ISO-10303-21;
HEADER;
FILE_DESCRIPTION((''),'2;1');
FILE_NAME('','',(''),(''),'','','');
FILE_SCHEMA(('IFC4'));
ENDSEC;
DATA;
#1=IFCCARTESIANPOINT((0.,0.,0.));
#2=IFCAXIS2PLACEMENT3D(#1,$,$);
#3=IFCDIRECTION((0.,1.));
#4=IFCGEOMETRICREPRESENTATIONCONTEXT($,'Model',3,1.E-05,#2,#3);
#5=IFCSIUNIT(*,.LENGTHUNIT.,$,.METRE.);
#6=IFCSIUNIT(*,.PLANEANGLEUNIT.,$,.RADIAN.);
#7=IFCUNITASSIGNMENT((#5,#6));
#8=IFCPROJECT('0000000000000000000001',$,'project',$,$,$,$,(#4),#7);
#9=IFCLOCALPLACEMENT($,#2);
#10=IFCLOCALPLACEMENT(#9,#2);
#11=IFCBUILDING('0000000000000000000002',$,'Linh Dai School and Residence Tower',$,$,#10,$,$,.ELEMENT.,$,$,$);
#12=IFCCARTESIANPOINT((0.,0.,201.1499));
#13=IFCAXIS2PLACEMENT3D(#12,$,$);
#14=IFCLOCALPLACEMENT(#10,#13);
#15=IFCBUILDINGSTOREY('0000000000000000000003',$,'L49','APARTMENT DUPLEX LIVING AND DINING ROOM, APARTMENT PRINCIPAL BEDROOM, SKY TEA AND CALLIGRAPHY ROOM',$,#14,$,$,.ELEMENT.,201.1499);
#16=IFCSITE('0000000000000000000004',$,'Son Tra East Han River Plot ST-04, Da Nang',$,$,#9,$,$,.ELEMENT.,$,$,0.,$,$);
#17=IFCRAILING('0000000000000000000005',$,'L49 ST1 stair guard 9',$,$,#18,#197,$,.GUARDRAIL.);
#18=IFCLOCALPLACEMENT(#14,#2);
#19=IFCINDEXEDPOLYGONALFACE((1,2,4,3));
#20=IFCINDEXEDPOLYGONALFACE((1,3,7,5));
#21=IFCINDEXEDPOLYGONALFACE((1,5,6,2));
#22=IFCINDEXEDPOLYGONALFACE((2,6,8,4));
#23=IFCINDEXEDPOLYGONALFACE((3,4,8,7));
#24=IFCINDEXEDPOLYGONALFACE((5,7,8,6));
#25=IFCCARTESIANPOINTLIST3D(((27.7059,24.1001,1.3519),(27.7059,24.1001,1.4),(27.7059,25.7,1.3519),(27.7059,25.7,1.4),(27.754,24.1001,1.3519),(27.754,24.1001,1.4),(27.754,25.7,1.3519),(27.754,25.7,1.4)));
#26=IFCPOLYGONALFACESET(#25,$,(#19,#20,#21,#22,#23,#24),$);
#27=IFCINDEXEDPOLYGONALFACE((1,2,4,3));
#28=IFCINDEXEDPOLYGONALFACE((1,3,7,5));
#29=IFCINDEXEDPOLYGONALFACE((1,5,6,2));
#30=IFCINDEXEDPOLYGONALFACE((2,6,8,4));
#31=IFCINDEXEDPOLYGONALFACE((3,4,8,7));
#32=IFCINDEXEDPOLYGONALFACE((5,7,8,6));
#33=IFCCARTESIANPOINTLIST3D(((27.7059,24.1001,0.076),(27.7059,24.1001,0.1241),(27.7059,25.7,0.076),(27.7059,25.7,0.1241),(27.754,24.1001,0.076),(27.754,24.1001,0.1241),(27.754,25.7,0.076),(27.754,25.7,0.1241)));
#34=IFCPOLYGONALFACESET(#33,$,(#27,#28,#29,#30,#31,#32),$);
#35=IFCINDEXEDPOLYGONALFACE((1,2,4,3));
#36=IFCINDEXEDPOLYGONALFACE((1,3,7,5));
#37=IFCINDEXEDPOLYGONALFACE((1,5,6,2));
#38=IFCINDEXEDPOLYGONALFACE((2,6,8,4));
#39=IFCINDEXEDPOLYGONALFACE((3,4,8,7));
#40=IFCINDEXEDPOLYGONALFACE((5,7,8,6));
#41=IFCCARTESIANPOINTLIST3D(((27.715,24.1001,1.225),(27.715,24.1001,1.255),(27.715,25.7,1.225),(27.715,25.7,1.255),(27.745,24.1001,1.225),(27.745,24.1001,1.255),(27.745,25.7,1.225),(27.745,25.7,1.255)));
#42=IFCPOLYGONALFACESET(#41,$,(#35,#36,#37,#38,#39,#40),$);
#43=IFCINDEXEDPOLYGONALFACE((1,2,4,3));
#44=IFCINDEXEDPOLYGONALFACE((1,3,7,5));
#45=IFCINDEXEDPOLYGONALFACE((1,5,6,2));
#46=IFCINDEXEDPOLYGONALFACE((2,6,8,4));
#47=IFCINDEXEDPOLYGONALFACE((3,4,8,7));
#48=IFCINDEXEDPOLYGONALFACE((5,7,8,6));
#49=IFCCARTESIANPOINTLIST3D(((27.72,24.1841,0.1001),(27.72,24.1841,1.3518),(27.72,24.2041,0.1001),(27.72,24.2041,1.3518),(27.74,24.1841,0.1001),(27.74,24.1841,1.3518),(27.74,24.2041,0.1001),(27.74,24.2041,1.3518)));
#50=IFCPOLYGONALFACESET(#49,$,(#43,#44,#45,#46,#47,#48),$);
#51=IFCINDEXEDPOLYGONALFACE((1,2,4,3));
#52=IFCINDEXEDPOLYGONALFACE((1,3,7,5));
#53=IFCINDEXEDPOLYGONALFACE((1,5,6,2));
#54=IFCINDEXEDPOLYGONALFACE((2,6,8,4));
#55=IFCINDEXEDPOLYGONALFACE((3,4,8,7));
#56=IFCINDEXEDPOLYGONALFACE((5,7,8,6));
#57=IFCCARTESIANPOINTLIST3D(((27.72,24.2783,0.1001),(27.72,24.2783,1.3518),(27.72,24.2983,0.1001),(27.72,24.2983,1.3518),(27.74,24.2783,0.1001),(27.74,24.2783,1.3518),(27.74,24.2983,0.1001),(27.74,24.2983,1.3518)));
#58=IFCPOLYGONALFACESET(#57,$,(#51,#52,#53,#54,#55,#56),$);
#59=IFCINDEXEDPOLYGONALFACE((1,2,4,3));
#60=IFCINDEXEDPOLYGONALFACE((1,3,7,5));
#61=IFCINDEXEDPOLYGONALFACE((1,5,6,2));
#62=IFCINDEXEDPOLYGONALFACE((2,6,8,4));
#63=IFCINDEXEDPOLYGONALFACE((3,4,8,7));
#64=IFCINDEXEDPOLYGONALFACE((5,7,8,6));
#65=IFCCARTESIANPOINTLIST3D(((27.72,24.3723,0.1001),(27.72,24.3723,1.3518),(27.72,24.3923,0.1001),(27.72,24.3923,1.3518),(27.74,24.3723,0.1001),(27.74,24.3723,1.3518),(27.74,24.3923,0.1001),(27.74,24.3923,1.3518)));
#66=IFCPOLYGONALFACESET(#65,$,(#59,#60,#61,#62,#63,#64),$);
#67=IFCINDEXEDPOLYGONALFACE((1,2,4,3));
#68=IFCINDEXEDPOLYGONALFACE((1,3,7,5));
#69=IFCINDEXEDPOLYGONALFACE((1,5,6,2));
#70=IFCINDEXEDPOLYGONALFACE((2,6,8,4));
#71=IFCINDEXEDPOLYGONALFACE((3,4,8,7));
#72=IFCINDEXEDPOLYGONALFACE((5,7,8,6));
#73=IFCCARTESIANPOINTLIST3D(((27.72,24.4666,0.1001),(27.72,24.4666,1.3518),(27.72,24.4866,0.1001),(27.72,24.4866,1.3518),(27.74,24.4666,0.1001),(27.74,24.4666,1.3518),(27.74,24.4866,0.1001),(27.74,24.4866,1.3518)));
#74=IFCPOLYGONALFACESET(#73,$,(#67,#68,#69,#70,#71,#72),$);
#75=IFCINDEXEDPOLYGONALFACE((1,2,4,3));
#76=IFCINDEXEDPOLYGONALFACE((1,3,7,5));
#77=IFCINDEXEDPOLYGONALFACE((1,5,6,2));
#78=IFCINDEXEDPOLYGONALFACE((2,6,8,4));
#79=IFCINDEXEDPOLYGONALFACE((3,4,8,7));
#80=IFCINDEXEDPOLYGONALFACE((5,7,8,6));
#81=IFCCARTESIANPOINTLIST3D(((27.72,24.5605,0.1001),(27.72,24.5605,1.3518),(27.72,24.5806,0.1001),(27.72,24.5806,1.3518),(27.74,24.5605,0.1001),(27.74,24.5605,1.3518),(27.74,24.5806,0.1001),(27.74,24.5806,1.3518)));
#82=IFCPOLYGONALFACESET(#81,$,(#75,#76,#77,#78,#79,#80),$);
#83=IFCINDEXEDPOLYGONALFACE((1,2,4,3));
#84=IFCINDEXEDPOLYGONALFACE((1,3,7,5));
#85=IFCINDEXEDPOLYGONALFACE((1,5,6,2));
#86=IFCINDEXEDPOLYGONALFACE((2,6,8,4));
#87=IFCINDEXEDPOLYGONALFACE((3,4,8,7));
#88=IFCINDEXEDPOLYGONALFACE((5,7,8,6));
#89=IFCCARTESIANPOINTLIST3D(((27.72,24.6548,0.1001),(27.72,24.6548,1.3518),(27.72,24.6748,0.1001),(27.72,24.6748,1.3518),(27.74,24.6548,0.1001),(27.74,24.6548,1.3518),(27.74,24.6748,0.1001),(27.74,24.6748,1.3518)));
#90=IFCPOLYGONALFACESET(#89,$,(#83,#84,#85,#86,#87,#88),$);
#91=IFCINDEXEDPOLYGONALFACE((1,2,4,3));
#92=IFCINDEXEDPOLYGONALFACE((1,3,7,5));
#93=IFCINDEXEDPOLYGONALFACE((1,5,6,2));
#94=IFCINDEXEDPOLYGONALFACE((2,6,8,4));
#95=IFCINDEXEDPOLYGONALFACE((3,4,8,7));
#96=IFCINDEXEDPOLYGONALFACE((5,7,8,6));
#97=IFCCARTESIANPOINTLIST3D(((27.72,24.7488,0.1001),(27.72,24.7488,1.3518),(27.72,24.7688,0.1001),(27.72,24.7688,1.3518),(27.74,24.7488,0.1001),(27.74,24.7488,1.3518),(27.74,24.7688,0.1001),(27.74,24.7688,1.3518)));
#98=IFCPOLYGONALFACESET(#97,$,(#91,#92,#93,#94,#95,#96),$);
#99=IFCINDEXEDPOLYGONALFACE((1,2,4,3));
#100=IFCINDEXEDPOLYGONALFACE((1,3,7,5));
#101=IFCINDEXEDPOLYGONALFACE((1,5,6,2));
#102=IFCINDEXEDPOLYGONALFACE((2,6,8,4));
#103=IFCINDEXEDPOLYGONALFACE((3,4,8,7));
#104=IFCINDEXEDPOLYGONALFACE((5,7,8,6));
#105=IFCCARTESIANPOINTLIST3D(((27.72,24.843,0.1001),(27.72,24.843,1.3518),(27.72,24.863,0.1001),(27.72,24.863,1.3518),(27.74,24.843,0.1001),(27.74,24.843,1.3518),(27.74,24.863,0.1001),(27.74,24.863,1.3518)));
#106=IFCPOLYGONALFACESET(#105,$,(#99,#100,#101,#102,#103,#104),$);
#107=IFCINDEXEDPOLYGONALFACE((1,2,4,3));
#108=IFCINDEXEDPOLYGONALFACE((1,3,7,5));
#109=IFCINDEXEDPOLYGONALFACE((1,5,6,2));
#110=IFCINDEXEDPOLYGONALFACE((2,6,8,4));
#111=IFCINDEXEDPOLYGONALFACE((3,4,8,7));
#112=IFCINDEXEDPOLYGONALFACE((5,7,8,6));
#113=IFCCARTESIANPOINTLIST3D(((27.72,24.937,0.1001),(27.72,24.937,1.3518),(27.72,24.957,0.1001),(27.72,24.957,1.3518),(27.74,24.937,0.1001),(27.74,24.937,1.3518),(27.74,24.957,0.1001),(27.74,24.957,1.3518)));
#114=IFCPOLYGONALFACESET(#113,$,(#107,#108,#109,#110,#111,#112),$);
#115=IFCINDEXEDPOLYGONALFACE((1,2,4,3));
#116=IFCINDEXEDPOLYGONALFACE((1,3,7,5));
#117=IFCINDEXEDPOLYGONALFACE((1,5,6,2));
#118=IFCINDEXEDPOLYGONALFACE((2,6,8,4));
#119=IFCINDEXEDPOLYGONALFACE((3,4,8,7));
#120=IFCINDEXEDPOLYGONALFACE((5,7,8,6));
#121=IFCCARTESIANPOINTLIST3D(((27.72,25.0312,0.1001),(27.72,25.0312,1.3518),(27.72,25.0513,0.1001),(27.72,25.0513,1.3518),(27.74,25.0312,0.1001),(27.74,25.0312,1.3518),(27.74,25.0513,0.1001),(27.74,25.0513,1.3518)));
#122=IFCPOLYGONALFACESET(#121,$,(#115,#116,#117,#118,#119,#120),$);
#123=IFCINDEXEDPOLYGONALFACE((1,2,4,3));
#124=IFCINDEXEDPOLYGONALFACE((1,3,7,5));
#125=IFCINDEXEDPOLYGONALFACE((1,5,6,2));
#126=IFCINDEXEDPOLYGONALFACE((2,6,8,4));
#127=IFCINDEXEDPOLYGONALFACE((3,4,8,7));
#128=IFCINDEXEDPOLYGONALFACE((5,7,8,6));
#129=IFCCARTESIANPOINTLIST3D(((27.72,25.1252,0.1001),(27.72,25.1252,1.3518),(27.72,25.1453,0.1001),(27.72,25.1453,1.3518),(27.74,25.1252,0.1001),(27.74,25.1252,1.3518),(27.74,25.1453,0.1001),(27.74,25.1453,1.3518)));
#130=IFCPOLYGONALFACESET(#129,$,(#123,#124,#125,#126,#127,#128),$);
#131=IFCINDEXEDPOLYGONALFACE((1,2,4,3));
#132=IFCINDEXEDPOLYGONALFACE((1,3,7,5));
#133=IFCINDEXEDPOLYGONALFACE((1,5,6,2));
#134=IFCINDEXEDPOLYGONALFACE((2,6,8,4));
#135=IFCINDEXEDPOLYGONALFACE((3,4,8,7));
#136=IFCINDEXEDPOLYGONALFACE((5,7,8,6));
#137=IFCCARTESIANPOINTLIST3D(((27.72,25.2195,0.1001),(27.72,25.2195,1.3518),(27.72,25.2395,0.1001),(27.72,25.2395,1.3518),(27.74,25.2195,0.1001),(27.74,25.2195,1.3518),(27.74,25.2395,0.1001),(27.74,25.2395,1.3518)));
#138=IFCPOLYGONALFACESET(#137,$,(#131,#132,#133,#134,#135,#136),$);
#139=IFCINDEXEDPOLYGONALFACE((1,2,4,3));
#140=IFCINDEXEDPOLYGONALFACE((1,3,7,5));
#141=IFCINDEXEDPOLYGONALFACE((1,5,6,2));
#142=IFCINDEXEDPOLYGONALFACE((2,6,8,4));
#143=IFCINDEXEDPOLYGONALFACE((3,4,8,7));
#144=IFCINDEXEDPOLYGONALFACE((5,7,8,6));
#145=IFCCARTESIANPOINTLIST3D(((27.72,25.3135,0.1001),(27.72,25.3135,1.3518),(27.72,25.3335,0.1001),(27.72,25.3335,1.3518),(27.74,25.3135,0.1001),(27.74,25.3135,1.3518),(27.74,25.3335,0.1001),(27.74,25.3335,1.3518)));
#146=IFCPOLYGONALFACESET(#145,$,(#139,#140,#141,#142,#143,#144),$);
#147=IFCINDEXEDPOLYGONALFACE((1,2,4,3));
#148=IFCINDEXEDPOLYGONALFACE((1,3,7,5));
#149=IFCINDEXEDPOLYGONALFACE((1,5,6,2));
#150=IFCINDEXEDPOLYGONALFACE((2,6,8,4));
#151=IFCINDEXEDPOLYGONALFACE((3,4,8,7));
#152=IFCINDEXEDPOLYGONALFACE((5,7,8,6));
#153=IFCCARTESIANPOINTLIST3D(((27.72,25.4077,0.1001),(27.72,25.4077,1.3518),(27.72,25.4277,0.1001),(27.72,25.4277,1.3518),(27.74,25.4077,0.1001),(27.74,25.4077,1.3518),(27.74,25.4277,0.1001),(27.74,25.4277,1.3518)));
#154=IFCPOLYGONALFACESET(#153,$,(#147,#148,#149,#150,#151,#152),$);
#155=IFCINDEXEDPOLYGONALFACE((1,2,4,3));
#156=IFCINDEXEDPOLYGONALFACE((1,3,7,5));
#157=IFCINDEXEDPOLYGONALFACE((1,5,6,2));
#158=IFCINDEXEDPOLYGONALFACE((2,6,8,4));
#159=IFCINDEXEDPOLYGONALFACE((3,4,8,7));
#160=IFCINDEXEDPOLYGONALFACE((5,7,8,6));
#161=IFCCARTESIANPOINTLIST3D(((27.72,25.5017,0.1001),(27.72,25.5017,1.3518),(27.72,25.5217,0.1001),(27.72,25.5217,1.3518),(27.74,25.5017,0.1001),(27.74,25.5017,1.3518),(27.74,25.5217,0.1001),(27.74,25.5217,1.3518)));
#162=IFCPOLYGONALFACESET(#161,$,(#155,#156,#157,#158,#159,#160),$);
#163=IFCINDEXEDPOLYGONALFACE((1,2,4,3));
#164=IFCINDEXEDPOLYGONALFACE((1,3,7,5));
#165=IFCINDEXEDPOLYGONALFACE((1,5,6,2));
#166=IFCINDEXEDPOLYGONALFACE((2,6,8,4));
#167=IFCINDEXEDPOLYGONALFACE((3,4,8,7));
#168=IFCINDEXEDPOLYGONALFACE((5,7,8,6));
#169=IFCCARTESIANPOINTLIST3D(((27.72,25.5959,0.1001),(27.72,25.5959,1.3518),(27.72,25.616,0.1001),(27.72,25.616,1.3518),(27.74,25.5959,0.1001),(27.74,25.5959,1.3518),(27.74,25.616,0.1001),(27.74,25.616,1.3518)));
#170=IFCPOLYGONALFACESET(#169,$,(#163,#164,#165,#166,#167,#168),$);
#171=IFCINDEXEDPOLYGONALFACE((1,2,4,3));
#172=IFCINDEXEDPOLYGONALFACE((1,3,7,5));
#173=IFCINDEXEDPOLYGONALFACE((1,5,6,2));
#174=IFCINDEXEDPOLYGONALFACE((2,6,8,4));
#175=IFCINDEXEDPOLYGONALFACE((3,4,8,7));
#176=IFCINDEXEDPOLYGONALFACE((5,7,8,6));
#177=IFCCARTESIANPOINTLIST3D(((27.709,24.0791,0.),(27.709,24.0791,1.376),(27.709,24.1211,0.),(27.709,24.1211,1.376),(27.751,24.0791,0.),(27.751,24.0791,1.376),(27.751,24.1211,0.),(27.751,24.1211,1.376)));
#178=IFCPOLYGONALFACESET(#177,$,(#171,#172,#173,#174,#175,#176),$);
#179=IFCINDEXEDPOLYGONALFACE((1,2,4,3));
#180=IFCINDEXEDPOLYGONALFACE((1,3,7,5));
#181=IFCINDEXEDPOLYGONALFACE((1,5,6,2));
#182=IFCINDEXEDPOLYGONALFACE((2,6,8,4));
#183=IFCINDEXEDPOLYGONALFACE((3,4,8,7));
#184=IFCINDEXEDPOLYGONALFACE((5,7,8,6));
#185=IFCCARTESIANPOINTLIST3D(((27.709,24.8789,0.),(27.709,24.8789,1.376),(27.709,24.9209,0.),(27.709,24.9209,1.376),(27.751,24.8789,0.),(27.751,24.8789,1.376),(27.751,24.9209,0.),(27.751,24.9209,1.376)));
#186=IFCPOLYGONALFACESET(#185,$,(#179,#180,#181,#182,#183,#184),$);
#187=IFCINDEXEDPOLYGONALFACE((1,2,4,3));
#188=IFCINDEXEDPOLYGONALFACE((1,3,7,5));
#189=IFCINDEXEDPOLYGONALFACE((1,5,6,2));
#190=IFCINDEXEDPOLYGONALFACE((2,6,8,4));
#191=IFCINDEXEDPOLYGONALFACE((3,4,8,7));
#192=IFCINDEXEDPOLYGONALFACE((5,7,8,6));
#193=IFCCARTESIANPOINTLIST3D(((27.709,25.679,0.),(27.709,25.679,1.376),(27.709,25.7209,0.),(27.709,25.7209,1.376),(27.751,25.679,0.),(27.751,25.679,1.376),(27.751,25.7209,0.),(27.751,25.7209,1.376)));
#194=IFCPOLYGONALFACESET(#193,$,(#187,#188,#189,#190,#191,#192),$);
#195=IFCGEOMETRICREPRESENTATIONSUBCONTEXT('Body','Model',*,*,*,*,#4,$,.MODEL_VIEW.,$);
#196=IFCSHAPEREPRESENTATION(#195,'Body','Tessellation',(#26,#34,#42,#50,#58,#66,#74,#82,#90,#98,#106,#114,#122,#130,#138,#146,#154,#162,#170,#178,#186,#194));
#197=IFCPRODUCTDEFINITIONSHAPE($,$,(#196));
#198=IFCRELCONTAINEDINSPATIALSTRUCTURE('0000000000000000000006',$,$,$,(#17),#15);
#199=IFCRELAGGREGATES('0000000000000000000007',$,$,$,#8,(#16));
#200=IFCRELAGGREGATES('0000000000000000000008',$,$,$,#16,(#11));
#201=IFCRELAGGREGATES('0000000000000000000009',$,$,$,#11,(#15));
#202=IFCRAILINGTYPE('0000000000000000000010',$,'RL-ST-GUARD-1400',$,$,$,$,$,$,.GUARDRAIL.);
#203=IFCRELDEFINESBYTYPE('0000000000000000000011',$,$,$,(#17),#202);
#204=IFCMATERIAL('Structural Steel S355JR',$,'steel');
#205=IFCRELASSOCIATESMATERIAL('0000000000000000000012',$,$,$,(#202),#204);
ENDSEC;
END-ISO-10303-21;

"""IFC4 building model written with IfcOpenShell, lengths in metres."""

from ifc_helpers import new_model, si_unit, direction, frame, origin, origin_2d, place, context, subcontext, project, spatial, rectangle, extrude, source, transform, mapped, material, type_object, element, save


model = new_model("IFC4")

# Units and contexts
model_context = context("Model", 3, precision=1e-05, world=origin(), true_north=direction((0.0, 1.0)))
body_context = subcontext(model_context, "Body", "Model", "MODEL_VIEW")
ifc_project = project(units=[si_unit("LENGTHUNIT", "METRE"), si_unit("PLANEANGLEUNIT", "RADIAN")], contexts=[model_context])

# Site, building, storey
site_placement = place(None, origin())
site = spatial("IfcSite", under=ifc_project, at=site_placement, Name="Son Tra East Han River Plot ST-04, Da Nang", CompositionType="ELEMENT", RefElevation=0.0)
building_placement = place(site_placement, origin())
building = spatial("IfcBuilding", under=site, at=building_placement, Name="Linh Dai School and Residence Tower", CompositionType="ELEMENT")
storey_placement = place(building_placement, frame((0.0, 0.0, 201.1499)))
storey = spatial("IfcBuildingStorey", under=building, at=storey_placement, Name="L49", Description="APARTMENT DUPLEX LIVING AND DINING ROOM, APARTMENT PRINCIPAL BEDROOM, SKY TEA AND CALLIGRAPHY ROOM", CompositionType="ELEMENT", Elevation=201.1499)

# Shared definitions
ifc_material_1 = material(Name="Structural Steel S355JR", Category="steel")

# Railing
railing_type = type_object("IfcRailingType", Name="RL-ST-GUARD-1400", PredefinedType="GUARDRAIL", material=ifc_material_1)
shared_shape_1 = source(origin(), body_context, "Body", "SweptSolid", [
    extrude(rectangle(XDim=0.0481, YDim=0.0481, at=origin_2d()), frame((0.0, 0.0, 1.376), z_axis=(0.0, 1.0, 0.0), x_axis=(-1.0, 0.0, 0.0)), (0.0, 0.0, 1.0), 1.5999),
    extrude(rectangle(XDim=0.0481, YDim=0.0481, at=origin_2d()), frame((0.0, 0.0, 0.1001), z_axis=(0.0, 1.0, 0.0), x_axis=(-1.0, 0.0, 0.0)), (0.0, 0.0, 1.0), 1.5999),
    extrude(rectangle(XDim=0.03, YDim=0.03, at=origin_2d()), frame((0.0, 0.0, 1.24), z_axis=(0.0, 1.0, 0.0), x_axis=(-1.0, 0.0, 0.0)), (0.0, 0.0, 1.0), 1.5999),
    extrude(rectangle(XDim=0.02, YDim=0.02, at=origin_2d()), frame((0.0, 0.094, 0.1001)), (0.0, 0.0, 1.0), 1.2517),
    extrude(rectangle(XDim=0.02, YDim=0.02, at=origin_2d()), frame((0.0, 0.1882, 0.1001)), (0.0, 0.0, 1.0), 1.2517),
    extrude(rectangle(XDim=0.02, YDim=0.02, at=origin_2d()), frame((0.0, 0.2822, 0.1001)), (0.0, 0.0, 1.0), 1.2517),
    extrude(rectangle(XDim=0.02, YDim=0.02, at=origin_2d()), frame((0.0, 0.3765, 0.1001)), (0.0, 0.0, 1.0), 1.2517),
    extrude(rectangle(XDim=0.02, YDim=0.02, at=origin_2d()), frame((0.0, 0.4705, 0.1001)), (0.0, 0.0, 1.0), 1.2517),
    extrude(rectangle(XDim=0.02, YDim=0.02, at=origin_2d()), frame((0.0, 0.5647, 0.1001)), (0.0, 0.0, 1.0), 1.2517),
    extrude(rectangle(XDim=0.02, YDim=0.02, at=origin_2d()), frame((0.0, 0.6587, 0.1001)), (0.0, 0.0, 1.0), 1.2517),
    extrude(rectangle(XDim=0.02, YDim=0.02, at=origin_2d()), frame((0.0, 0.7529, 0.1001)), (0.0, 0.0, 1.0), 1.2517),
    extrude(rectangle(XDim=0.02, YDim=0.02, at=origin_2d()), frame((0.0, 0.8469, 0.1001)), (0.0, 0.0, 1.0), 1.2517),
    extrude(rectangle(XDim=0.02, YDim=0.02, at=origin_2d()), frame((0.0, 0.9412, 0.1001)), (0.0, 0.0, 1.0), 1.2517),
    extrude(rectangle(XDim=0.02, YDim=0.02, at=origin_2d()), frame((0.0, 1.0352, 0.1001)), (0.0, 0.0, 1.0), 1.2517),
    extrude(rectangle(XDim=0.02, YDim=0.02, at=origin_2d()), frame((0.0, 1.1294, 0.1001)), (0.0, 0.0, 1.0), 1.2517),
    extrude(rectangle(XDim=0.02, YDim=0.02, at=origin_2d()), frame((0.0, 1.2234, 0.1001)), (0.0, 0.0, 1.0), 1.2517),
    extrude(rectangle(XDim=0.02, YDim=0.02, at=origin_2d()), frame((0.0, 1.3176, 0.1001)), (0.0, 0.0, 1.0), 1.2517),
    extrude(rectangle(XDim=0.02, YDim=0.02, at=origin_2d()), frame((0.0, 1.4116, 0.1001)), (0.0, 0.0, 1.0), 1.2517),
    extrude(rectangle(XDim=0.02, YDim=0.02, at=origin_2d()), frame((0.0, 1.5059, 0.1001)), (0.0, 0.0, 1.0), 1.2517),
    extrude(rectangle(XDim=0.042, YDim=0.042, at=origin_2d()), origin(), (0.0, 0.0, 1.0), 1.376),
    extrude(rectangle(XDim=0.042, YDim=0.042, at=origin_2d()), frame((0.0, 0.7998, 0.0)), (0.0, 0.0, 1.0), 1.376),
    extrude(rectangle(XDim=0.042, YDim=0.042, at=origin_2d()), frame((0.0, 1.5999, 0.0)), (0.0, 0.0, 1.0), 1.376),
])
for number, where, name in (
    (1, (27.73, 24.1001, 0.0), "L49 ST1 stair guard 9"),
):
    element("IfcRailing", number, at=place(storey_placement, frame(where)), inside=storey, type_object=railing_type, Name=name, PredefinedType="GUARDRAIL", context=body_context, shape_type="MappedRepresentation", body=[
        mapped(shared_shape_1, transform((0.0, 0.0, 0.0), x_axis=(1.0, 0.0, 0.0), y_axis=(0.0, 1.0, 0.0), z_axis=(0.0, 0.0, 1.0), scale=1.0)),
    ])

save(model, "model.ifc")
